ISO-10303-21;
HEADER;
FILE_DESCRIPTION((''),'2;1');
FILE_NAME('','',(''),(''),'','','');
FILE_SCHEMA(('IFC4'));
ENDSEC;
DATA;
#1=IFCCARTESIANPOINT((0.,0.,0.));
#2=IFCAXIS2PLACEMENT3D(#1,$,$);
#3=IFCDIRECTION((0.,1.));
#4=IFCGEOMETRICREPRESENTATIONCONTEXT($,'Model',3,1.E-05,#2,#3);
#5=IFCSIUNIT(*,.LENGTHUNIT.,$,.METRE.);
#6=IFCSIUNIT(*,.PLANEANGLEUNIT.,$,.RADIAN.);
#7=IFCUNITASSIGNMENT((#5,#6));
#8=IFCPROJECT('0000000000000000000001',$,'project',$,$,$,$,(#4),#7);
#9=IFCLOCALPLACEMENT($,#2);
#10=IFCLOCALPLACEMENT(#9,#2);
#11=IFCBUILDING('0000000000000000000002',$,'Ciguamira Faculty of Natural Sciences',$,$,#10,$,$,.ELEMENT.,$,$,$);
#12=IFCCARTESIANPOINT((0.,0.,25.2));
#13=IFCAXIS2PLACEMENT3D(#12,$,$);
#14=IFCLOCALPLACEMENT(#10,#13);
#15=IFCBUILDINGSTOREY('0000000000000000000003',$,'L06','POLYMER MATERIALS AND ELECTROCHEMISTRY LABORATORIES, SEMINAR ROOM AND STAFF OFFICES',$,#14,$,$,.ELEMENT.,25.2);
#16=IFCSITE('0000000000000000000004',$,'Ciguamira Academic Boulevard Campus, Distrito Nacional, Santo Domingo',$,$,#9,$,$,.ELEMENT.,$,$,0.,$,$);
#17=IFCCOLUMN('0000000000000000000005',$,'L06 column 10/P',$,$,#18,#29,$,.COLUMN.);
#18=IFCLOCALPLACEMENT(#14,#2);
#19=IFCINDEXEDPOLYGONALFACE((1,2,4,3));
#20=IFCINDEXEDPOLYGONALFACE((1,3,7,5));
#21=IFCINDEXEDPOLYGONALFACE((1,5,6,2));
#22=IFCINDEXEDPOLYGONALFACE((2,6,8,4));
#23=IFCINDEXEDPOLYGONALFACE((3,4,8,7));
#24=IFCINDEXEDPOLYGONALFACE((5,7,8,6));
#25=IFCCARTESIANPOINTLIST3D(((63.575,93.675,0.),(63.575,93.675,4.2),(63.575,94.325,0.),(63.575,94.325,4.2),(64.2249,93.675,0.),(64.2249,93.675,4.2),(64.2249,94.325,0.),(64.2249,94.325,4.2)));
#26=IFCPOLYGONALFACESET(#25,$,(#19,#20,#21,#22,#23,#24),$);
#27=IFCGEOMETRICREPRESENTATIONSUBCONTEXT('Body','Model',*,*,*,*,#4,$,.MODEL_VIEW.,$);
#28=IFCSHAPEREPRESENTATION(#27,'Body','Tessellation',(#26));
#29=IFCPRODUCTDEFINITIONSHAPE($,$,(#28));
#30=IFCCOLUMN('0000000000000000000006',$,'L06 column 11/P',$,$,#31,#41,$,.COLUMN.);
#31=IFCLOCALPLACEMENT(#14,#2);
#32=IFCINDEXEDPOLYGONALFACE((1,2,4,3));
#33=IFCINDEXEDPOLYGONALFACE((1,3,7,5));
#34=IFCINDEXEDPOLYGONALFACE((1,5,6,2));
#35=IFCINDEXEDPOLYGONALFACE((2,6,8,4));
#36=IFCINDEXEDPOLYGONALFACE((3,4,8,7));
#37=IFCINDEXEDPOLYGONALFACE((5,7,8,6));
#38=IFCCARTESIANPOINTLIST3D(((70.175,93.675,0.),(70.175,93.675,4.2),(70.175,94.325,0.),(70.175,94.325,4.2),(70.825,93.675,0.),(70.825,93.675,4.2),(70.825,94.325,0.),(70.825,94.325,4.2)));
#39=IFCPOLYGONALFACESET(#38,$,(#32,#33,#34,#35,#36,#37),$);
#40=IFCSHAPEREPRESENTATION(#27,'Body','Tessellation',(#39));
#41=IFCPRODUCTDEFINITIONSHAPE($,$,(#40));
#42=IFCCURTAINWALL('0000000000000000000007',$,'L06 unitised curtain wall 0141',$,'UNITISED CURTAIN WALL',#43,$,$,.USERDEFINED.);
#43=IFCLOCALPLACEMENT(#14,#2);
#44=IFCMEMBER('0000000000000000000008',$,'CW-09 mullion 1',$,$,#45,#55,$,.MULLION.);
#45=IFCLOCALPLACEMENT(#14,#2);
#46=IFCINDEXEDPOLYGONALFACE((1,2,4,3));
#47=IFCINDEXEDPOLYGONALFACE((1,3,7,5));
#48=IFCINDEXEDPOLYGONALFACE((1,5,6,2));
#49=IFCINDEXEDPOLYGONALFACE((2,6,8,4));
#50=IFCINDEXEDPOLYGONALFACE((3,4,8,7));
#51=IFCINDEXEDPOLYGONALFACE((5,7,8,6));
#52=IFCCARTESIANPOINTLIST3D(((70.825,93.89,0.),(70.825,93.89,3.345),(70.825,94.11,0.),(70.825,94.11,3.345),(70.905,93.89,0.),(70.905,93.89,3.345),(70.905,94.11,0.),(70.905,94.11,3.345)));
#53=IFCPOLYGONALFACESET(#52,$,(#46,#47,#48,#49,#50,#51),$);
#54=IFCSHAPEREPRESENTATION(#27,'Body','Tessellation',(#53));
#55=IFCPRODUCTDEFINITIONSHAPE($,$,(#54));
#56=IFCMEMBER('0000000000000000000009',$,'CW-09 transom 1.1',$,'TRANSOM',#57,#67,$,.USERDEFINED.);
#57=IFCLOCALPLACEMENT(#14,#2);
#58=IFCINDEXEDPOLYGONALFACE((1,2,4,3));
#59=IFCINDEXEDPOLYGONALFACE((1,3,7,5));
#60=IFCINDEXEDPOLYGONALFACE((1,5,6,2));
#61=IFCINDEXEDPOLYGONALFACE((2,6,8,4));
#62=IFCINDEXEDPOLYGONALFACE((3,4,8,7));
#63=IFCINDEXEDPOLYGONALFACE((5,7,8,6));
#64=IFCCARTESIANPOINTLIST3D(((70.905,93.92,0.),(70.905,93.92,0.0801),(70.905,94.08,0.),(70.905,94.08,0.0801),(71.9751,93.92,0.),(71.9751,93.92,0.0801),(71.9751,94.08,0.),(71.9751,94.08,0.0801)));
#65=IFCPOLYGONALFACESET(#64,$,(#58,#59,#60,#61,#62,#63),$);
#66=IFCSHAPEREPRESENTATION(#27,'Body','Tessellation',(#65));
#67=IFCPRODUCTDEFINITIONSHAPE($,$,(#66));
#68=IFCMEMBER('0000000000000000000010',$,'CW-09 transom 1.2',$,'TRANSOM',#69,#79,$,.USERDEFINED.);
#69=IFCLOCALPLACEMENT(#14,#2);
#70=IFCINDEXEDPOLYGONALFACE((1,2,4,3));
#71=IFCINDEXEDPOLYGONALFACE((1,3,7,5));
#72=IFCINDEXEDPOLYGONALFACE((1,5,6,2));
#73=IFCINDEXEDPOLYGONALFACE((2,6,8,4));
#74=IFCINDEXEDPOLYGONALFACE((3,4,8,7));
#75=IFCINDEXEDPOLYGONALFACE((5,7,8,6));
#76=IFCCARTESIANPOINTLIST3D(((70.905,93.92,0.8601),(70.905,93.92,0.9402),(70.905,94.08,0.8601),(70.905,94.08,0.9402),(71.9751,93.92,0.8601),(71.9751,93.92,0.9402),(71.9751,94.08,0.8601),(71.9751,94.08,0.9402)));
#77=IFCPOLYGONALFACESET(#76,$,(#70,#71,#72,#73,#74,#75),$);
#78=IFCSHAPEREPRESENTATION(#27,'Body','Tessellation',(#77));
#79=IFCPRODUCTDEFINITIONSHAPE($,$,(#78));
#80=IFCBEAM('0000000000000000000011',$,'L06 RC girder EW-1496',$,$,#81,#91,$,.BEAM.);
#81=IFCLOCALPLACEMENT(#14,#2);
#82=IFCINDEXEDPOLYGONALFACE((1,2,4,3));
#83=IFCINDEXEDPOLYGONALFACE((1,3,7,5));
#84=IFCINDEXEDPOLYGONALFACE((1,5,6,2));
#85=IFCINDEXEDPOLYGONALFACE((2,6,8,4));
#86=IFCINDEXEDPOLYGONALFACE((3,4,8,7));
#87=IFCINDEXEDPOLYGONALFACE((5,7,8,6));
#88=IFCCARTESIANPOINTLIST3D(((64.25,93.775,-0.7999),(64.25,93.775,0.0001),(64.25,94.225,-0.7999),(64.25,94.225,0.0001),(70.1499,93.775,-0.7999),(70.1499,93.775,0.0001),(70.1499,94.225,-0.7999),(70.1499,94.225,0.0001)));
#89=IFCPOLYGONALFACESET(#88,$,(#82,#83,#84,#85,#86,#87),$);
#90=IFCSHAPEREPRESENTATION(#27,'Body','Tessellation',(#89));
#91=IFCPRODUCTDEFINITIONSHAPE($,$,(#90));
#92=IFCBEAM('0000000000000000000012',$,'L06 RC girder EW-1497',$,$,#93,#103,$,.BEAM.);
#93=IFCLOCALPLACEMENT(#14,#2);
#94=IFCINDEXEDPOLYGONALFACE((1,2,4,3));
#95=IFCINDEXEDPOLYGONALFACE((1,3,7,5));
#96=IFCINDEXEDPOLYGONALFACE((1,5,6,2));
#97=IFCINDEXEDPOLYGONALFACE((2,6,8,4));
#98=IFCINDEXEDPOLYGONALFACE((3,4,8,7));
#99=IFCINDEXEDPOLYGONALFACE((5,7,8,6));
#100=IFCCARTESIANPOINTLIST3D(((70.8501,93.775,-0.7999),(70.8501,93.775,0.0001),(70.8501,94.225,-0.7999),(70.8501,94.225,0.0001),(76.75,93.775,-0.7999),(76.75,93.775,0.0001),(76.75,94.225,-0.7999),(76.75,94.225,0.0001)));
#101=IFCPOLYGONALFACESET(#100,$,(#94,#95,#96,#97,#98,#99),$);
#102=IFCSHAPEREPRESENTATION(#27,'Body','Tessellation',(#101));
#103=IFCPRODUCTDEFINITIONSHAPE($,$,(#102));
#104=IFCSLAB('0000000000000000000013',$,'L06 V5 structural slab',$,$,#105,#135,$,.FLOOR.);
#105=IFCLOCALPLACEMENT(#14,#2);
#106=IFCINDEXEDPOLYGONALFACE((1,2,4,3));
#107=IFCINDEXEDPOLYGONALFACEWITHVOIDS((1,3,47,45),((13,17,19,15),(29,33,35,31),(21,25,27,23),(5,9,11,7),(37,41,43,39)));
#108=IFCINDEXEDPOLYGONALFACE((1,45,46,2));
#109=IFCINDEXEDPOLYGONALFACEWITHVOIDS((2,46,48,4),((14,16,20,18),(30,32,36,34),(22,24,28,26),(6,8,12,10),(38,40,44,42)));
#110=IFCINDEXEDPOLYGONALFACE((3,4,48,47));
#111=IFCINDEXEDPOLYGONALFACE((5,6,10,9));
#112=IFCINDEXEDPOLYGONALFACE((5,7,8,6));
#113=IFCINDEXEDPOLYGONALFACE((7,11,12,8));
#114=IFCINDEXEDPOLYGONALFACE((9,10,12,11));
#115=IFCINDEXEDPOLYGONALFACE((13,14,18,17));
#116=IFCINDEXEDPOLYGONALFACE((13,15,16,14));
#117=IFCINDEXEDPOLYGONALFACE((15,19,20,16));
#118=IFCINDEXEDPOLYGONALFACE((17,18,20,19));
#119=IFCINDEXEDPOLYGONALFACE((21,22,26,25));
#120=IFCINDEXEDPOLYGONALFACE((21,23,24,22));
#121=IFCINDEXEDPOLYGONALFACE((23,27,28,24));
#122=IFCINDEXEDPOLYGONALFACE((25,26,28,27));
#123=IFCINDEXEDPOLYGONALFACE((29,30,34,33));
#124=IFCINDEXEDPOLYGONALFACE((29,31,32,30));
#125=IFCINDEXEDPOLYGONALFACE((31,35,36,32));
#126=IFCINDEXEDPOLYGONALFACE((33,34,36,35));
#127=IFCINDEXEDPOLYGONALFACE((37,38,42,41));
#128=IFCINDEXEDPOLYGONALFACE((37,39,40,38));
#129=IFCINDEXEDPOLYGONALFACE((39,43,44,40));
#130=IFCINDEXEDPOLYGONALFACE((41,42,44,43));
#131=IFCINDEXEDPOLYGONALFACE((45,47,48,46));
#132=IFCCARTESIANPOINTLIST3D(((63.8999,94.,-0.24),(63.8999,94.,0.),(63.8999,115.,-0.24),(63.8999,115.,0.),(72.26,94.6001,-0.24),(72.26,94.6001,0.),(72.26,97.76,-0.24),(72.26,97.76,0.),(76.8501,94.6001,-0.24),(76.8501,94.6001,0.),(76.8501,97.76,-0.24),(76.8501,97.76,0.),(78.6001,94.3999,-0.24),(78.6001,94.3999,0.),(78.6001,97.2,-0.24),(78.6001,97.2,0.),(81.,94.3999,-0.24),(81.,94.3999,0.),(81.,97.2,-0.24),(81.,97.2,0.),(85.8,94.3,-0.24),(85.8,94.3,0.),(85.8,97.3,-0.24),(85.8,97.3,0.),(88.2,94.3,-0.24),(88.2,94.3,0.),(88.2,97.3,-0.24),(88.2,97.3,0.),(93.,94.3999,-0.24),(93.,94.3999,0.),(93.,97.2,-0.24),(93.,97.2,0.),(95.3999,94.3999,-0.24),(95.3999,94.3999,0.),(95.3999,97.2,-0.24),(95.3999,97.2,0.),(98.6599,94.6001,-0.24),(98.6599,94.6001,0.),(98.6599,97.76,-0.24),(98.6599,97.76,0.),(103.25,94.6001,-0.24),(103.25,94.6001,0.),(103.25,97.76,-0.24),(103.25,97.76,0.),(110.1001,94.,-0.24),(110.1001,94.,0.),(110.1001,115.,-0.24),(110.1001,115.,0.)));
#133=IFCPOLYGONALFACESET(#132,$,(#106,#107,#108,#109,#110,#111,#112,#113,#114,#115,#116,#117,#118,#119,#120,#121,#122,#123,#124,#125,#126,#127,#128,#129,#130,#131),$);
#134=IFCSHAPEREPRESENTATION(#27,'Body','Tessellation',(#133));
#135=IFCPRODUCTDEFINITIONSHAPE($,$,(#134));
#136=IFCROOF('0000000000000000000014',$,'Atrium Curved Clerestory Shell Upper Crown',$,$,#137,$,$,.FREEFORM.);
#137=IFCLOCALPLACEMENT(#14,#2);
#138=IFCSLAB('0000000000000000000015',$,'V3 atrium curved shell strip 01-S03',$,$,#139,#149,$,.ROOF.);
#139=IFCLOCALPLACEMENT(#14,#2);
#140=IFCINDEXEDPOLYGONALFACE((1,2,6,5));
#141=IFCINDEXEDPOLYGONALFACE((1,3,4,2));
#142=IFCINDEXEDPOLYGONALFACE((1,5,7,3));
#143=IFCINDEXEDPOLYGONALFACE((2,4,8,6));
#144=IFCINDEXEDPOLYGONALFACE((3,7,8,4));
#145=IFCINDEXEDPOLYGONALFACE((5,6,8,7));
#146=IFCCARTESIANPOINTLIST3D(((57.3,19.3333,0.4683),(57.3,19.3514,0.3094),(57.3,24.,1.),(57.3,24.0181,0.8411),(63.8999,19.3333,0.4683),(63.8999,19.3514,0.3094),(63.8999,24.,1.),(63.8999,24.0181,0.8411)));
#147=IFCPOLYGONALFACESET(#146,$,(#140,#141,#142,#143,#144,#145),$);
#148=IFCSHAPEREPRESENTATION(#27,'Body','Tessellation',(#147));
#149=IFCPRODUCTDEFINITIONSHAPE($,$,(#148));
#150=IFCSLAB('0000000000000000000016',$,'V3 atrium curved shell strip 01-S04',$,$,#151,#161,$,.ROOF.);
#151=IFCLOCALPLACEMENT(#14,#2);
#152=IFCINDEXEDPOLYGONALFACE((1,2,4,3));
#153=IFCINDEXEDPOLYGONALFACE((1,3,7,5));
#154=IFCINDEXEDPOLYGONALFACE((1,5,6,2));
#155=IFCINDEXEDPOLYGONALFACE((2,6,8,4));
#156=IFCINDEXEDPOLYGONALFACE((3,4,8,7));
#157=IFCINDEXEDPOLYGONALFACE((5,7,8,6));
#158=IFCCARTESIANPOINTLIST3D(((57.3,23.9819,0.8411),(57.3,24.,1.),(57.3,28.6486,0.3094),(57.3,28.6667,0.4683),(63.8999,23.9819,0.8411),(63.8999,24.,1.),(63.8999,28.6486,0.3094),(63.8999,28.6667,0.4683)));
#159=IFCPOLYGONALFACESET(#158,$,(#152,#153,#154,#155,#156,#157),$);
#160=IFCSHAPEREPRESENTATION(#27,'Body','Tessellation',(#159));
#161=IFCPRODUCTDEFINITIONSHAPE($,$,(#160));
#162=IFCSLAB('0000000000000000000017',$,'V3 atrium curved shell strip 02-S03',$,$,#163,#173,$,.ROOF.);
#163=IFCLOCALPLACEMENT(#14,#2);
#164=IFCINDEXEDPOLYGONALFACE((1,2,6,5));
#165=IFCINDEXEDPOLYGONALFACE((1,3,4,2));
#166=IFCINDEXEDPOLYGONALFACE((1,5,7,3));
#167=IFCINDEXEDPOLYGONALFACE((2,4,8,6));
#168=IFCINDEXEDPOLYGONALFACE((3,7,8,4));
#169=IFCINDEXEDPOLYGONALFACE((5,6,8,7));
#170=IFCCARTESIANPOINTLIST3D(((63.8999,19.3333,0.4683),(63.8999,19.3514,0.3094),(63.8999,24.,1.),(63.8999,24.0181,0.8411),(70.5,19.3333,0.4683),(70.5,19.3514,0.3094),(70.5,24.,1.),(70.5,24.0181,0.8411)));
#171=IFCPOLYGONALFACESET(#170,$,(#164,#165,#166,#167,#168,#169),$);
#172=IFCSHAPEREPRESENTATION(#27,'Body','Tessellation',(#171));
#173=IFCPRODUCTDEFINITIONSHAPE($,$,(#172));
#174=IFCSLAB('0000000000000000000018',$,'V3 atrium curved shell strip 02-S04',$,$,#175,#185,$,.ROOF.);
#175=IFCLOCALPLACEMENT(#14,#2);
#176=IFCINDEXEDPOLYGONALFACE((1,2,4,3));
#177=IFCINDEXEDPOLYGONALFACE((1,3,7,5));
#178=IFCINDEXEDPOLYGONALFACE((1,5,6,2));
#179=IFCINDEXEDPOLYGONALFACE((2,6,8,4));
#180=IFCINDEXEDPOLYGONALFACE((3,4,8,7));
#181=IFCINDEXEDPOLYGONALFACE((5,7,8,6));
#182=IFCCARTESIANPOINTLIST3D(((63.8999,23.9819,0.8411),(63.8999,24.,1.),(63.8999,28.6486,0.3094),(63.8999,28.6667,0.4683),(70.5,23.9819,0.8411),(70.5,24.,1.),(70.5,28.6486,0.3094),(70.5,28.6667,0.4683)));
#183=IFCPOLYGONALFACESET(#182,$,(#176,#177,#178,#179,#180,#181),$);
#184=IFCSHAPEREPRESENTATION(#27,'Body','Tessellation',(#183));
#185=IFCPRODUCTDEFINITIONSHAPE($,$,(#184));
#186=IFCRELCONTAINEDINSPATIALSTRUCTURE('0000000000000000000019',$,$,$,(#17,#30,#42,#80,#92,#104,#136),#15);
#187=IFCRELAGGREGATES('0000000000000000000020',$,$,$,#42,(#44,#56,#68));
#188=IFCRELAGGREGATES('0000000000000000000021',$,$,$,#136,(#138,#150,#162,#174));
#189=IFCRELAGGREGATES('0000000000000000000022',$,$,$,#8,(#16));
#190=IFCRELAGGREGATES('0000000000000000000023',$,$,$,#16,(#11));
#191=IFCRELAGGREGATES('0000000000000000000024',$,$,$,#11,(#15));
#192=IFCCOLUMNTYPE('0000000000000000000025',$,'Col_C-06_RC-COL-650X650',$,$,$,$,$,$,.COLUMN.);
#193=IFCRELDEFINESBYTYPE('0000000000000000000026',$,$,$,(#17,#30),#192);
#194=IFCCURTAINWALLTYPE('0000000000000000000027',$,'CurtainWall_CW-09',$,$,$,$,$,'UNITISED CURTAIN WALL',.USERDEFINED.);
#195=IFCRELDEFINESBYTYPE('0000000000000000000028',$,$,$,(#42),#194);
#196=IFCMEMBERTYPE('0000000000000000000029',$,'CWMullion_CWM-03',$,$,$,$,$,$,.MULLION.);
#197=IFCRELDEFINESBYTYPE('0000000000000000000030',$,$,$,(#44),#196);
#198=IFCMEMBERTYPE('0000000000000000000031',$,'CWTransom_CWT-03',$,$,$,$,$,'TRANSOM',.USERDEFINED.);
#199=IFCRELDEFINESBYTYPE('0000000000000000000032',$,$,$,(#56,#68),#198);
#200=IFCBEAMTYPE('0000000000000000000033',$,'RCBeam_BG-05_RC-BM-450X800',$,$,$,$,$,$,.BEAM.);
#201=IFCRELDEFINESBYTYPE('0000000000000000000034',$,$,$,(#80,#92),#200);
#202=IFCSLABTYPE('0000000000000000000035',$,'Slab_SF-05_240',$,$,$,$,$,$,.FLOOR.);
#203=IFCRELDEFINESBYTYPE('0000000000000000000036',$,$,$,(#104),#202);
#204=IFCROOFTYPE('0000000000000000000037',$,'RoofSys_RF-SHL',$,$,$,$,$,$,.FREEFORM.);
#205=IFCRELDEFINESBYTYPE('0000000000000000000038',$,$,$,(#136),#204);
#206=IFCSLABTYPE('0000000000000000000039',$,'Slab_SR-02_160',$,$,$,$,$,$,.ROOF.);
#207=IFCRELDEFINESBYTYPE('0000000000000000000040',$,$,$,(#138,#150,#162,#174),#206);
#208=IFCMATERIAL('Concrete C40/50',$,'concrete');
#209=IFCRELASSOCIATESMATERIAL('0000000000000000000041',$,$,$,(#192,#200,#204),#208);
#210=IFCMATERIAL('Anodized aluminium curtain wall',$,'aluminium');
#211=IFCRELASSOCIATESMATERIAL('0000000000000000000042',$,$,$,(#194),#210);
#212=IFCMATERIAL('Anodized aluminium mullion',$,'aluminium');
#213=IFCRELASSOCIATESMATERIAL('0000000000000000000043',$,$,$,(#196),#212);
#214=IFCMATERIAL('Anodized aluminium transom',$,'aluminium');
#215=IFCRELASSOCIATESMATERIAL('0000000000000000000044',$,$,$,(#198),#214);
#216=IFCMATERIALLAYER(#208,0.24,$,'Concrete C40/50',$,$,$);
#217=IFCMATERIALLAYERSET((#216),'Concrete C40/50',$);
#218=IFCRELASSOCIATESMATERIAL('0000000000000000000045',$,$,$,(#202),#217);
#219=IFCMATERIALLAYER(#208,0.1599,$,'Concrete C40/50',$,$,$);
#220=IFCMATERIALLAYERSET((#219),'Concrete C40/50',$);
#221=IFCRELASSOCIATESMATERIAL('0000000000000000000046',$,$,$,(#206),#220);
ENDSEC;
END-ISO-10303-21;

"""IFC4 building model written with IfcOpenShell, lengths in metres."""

from ifc_helpers import new_model, si_unit, direction, frame, origin, origin_2d, place, context, subcontext, project, spatial, polyline, rectangle, outline, extrude, material, layer, layer_set, material_profile, profile_set, type_object, element, aggregate, save


model = new_model("IFC4")

# Units and contexts
model_context = context("Model", 3, precision=1e-05, world=origin(), true_north=direction((0.0, 1.0)))
body_context = subcontext(model_context, "Body", "Model", "MODEL_VIEW")
ifc_project = project(units=[si_unit("LENGTHUNIT", "METRE"), si_unit("PLANEANGLEUNIT", "RADIAN")], contexts=[model_context])

# Site, building, storey
site_placement = place(None, origin())
site = spatial("IfcSite", under=ifc_project, at=site_placement, Name="Ciguamira Academic Boulevard Campus, Distrito Nacional, Santo Domingo", CompositionType="ELEMENT", RefElevation=0.0)
building_placement = place(site_placement, origin())
building = spatial("IfcBuilding", under=site, at=building_placement, Name="Ciguamira Faculty of Natural Sciences", CompositionType="ELEMENT")
storey_placement = place(building_placement, frame((0.0, 0.0, 25.2)))
storey = spatial("IfcBuildingStorey", under=building, at=storey_placement, Name="L06", Description="POLYMER MATERIALS AND ELECTROCHEMISTRY LABORATORIES, SEMINAR ROOM AND STAFF OFFICES", CompositionType="ELEMENT", Elevation=25.2)

# Columns
ifc_material_1 = material(Name="Concrete C40/50", Category="concrete")
ifc_material_profile_1 = material_profile(ifc_material_1, rectangle(XDim=0.6499, YDim=0.6499, at=origin_2d()), Name="RC-COL-650X650")
ifc_profile_set_1 = profile_set([ifc_material_profile_1], Name="Concrete C40/50")
column_type = type_object("IfcColumnType", Name="Col_C-06_RC-COL-650X650", PredefinedType="COLUMN", material=ifc_profile_set_1)
for number, where, z_axis, x_axis, name in (
    (1, (63.8999, 94.0, 0.0), (0.0, 0.0, 1.0), (1.0, 0.0, 0.0), "L06 column 10/P"),
    (2, (70.5, 94.0, 0.0), (0.0, 0.0, 1.0), (1.0, 0.0, 0.0), "L06 column 11/P"),
):
    element("IfcColumn", number, at=place(storey_placement, frame(where, z_axis=z_axis, x_axis=x_axis)), inside=storey, type_object=column_type, Name=name, PredefinedType="COLUMN", context=body_context, shape_type="SweptSolid", body=[
        extrude(rectangle(XDim=0.6499, YDim=0.6499, at=origin_2d()), origin(), (0.0, 0.0, 1.0), 4.2),
    ])

# Curtain wall, members
ifc_material_2 = material(Name="Anodized aluminium curtain wall", Category="aluminium")
curtain_wall_type = type_object("IfcCurtainWallType", Name="CurtainWall_CW-09", ElementType="UNITISED CURTAIN WALL", PredefinedType="USERDEFINED", material=ifc_material_2)
curtain_wall_placement = place(storey_placement, origin())
curtain_wall = element("IfcCurtainWall", 3, at=curtain_wall_placement, inside=storey, type_object=curtain_wall_type, Name="L06 unitised curtain wall 0141", ObjectType="UNITISED CURTAIN WALL", PredefinedType="USERDEFINED")
ifc_material_3 = material(Name="Anodized aluminium mullion", Category="aluminium")
ifc_material_profile_2 = material_profile(ifc_material_3, rectangle(XDim=0.0801, YDim=0.22, at=origin_2d()), Name="ALU-MUL-80X220")
ifc_profile_set_2 = profile_set([ifc_material_profile_2], Name="Anodized aluminium mullion")
member_type_1 = type_object("IfcMemberType", Name="CWMullion_CWM-03", PredefinedType="MULLION", material=ifc_profile_set_2)
member_1_placement = place(storey_placement, frame((70.865, 94.0, 0.0), z_axis=(0.0, 0.0, 1.0), x_axis=(1.0, 0.0, 0.0)))
member_1 = element("IfcMember", 4, at=member_1_placement, type_object=member_type_1, Name="CW-09 mullion 1", PredefinedType="MULLION", context=body_context, shape_type="SweptSolid", body=[
    extrude(rectangle(XDim=0.0801, YDim=0.22, at=origin_2d()), origin(), (0.0, 0.0, 1.0), 3.345),
])
ifc_material_4 = material(Name="Anodized aluminium transom", Category="aluminium")
ifc_material_profile_3 = material_profile(ifc_material_4, rectangle(XDim=0.0801, YDim=0.1599, at=origin_2d()), Name="ALU-TRN-80X160")
ifc_profile_set_3 = profile_set([ifc_material_profile_3], Name="Anodized aluminium transom")
member_type_2 = type_object("IfcMemberType", Name="CWTransom_CWT-03", ElementType="TRANSOM", PredefinedType="USERDEFINED", material=ifc_profile_set_3)
member_2_placement = place(storey_placement, frame((70.905, 94.0, 0.04), z_axis=(1.0, 0.0, 0.0), x_axis=(0.0, 0.0, 1.0)))
member_2 = element("IfcMember", 5, at=member_2_placement, type_object=member_type_2, Name="CW-09 transom 1.1", ObjectType="TRANSOM", PredefinedType="USERDEFINED", context=body_context, shape_type="SweptSolid", body=[
    extrude(rectangle(XDim=0.0801, YDim=0.1599, at=origin_2d()), origin(), (0.0, 0.0, 1.0), 1.0701),
])
member_3_placement = place(storey_placement, frame((70.905, 94.0, 0.9001), z_axis=(1.0, 0.0, 0.0), x_axis=(0.0, 0.0, 1.0)))
member_3 = element("IfcMember", 6, at=member_3_placement, type_object=member_type_2, Name="CW-09 transom 1.2", ObjectType="TRANSOM", PredefinedType="USERDEFINED", context=body_context, shape_type="SweptSolid", body=[
    extrude(rectangle(XDim=0.0801, YDim=0.1599, at=origin_2d()), origin(), (0.0, 0.0, 1.0), 1.0701),
])
aggregate(curtain_wall, [member_1, member_2, member_3])

# Beams
ifc_material_profile_4 = material_profile(ifc_material_1, rectangle(XDim=0.45, YDim=0.8, at=origin_2d()), Name="RC-BM-450X800")
ifc_profile_set_4 = profile_set([ifc_material_profile_4], Name="Concrete C40/50")
beam_type = type_object("IfcBeamType", Name="RCBeam_BG-05_RC-BM-450X800", PredefinedType="BEAM", material=ifc_profile_set_4)
for number, where, z_axis, x_axis, name in (
    (7, (64.25, 94.0, -0.3999), (1.0, 0.0, 0.0), (0.0, 1.0, 0.0), "L06 RC girder EW-1496"),
    (8, (70.8501, 94.0, -0.3999), (1.0, 0.0, 0.0), (0.0, 1.0, 0.0), "L06 RC girder EW-1497"),
):
    element("IfcBeam", number, at=place(storey_placement, frame(where, z_axis=z_axis, x_axis=x_axis)), inside=storey, type_object=beam_type, Name=name, PredefinedType="BEAM", context=body_context, shape_type="SweptSolid", body=[
        extrude(rectangle(XDim=0.45, YDim=0.8, at=origin_2d()), origin(), (0.0, 0.0, 1.0), 5.8999),
    ])

# Slab
ifc_layer_1 = layer(ifc_material_1, 0.24, Name="Concrete C40/50")
ifc_layer_set_1 = layer_set([ifc_layer_1], Name="Concrete C40/50")
slab_type_1 = type_object("IfcSlabType", Name="Slab_SF-05_240", PredefinedType="FLOOR", material=ifc_layer_set_1)
slab_1_placement = place(storey_placement, frame((0.0, 0.0, -0.24)))
element("IfcSlab", 9, at=slab_1_placement, inside=storey, type_object=slab_type_1, Name="L06 V5 structural slab", PredefinedType="FLOOR", context=body_context, shape_type="SweptSolid", body=[
    extrude(outline(polyline([(63.8999, 94.0), (110.1001, 94.0), (110.1001, 115.0), (63.8999, 115.0), (63.8999, 94.0)]), holes=[polyline([(72.26, 94.6001), (76.8501, 94.6001), (76.8501, 97.76), (72.26, 97.76), (72.26, 94.6001)]), polyline([(98.6599, 94.6001), (103.25, 94.6001), (103.25, 97.76), (98.6599, 97.76), (98.6599, 94.6001)]), polyline([(78.6001, 94.3999), (81.0, 94.3999), (81.0, 97.2), (78.6001, 97.2), (78.6001, 94.3999)]), polyline([(93.0, 94.3999), (95.3999, 94.3999), (95.3999, 97.2), (93.0, 97.2), (93.0, 94.3999)]), polyline([(85.8, 94.3), (88.2, 94.3), (88.2, 97.3), (85.8, 97.3), (85.8, 94.3)])]), origin(), (0.0, 0.0, 1.0), 0.24),
])

# Roof, slabs
roof_type = type_object("IfcRoofType", Name="RoofSys_RF-SHL", PredefinedType="FREEFORM", material=ifc_material_1)
roof_placement = place(storey_placement, origin())
roof = element("IfcRoof", 10, at=roof_placement, inside=storey, type_object=roof_type, Name="Atrium Curved Clerestory Shell Upper Crown", PredefinedType="FREEFORM")
ifc_layer_2 = layer(ifc_material_1, 0.1599, Name="Concrete C40/50")
ifc_layer_set_2 = layer_set([ifc_layer_2], Name="Concrete C40/50")
slab_type_2 = type_object("IfcSlabType", Name="Slab_SR-02_160", PredefinedType="ROOF", material=ifc_layer_set_2)
slab_2_placement = place(storey_placement, frame((57.3, 19.3333, 0.4683), z_axis=(0.0, -0.113209, 0.993571), x_axis=(1.0, 0.0, 0.0)))
slab_2 = element("IfcSlab", 11, at=slab_2_placement, type_object=slab_type_2, Name="V3 atrium curved shell strip 01-S03", PredefinedType="ROOF", context=body_context, shape_type="SweptSolid", body=[
    extrude(outline(polyline([(0.0, 0.0), (6.5999, 0.0), (6.5999, 4.6969), (0.0, 4.6969), (0.0, 0.0)])), origin(), (0.0, 0.0, -1.0), 0.1599),
])
slab_3_placement = place(storey_placement, frame((57.3, 24.0, 1.0), z_axis=(0.0, 0.113209, 0.993571), x_axis=(1.0, 0.0, 0.0)))
slab_3 = element("IfcSlab", 12, at=slab_3_placement, type_object=slab_type_2, Name="V3 atrium curved shell strip 01-S04", PredefinedType="ROOF", context=body_context, shape_type="SweptSolid", body=[
    extrude(outline(polyline([(0.0, 0.0), (6.5999, 0.0), (6.5999, 4.6969), (0.0, 4.6969), (0.0, 0.0)])), origin(), (0.0, 0.0, -1.0), 0.1599),
])
slab_4_placement = place(storey_placement, frame((63.8999, 19.3333, 0.4683), z_axis=(0.0, -0.113209, 0.993571), x_axis=(1.0, 0.0, 0.0)))
slab_4 = element("IfcSlab", 13, at=slab_4_placement, type_object=slab_type_2, Name="V3 atrium curved shell strip 02-S03", PredefinedType="ROOF", context=body_context, shape_type="SweptSolid", body=[
    extrude(outline(polyline([(0.0, 0.0), (6.6001, 0.0), (6.6001, 4.6969), (0.0, 4.6969), (0.0, 0.0)])), origin(), (0.0, 0.0, -1.0), 0.1599),
])
slab_5_placement = place(storey_placement, frame((63.8999, 24.0, 1.0), z_axis=(0.0, 0.113209, 0.993571), x_axis=(1.0, 0.0, 0.0)))
slab_5 = element("IfcSlab", 14, at=slab_5_placement, type_object=slab_type_2, Name="V3 atrium curved shell strip 02-S04", PredefinedType="ROOF", context=body_context, shape_type="SweptSolid", body=[
    extrude(outline(polyline([(0.0, 0.0), (6.6001, 0.0), (6.6001, 4.6969), (0.0, 4.6969), (0.0, 0.0)])), origin(), (0.0, 0.0, -1.0), 0.1599),
])
aggregate(roof, [slab_2, slab_3, slab_4, slab_5])

save(model, "model.ifc")
